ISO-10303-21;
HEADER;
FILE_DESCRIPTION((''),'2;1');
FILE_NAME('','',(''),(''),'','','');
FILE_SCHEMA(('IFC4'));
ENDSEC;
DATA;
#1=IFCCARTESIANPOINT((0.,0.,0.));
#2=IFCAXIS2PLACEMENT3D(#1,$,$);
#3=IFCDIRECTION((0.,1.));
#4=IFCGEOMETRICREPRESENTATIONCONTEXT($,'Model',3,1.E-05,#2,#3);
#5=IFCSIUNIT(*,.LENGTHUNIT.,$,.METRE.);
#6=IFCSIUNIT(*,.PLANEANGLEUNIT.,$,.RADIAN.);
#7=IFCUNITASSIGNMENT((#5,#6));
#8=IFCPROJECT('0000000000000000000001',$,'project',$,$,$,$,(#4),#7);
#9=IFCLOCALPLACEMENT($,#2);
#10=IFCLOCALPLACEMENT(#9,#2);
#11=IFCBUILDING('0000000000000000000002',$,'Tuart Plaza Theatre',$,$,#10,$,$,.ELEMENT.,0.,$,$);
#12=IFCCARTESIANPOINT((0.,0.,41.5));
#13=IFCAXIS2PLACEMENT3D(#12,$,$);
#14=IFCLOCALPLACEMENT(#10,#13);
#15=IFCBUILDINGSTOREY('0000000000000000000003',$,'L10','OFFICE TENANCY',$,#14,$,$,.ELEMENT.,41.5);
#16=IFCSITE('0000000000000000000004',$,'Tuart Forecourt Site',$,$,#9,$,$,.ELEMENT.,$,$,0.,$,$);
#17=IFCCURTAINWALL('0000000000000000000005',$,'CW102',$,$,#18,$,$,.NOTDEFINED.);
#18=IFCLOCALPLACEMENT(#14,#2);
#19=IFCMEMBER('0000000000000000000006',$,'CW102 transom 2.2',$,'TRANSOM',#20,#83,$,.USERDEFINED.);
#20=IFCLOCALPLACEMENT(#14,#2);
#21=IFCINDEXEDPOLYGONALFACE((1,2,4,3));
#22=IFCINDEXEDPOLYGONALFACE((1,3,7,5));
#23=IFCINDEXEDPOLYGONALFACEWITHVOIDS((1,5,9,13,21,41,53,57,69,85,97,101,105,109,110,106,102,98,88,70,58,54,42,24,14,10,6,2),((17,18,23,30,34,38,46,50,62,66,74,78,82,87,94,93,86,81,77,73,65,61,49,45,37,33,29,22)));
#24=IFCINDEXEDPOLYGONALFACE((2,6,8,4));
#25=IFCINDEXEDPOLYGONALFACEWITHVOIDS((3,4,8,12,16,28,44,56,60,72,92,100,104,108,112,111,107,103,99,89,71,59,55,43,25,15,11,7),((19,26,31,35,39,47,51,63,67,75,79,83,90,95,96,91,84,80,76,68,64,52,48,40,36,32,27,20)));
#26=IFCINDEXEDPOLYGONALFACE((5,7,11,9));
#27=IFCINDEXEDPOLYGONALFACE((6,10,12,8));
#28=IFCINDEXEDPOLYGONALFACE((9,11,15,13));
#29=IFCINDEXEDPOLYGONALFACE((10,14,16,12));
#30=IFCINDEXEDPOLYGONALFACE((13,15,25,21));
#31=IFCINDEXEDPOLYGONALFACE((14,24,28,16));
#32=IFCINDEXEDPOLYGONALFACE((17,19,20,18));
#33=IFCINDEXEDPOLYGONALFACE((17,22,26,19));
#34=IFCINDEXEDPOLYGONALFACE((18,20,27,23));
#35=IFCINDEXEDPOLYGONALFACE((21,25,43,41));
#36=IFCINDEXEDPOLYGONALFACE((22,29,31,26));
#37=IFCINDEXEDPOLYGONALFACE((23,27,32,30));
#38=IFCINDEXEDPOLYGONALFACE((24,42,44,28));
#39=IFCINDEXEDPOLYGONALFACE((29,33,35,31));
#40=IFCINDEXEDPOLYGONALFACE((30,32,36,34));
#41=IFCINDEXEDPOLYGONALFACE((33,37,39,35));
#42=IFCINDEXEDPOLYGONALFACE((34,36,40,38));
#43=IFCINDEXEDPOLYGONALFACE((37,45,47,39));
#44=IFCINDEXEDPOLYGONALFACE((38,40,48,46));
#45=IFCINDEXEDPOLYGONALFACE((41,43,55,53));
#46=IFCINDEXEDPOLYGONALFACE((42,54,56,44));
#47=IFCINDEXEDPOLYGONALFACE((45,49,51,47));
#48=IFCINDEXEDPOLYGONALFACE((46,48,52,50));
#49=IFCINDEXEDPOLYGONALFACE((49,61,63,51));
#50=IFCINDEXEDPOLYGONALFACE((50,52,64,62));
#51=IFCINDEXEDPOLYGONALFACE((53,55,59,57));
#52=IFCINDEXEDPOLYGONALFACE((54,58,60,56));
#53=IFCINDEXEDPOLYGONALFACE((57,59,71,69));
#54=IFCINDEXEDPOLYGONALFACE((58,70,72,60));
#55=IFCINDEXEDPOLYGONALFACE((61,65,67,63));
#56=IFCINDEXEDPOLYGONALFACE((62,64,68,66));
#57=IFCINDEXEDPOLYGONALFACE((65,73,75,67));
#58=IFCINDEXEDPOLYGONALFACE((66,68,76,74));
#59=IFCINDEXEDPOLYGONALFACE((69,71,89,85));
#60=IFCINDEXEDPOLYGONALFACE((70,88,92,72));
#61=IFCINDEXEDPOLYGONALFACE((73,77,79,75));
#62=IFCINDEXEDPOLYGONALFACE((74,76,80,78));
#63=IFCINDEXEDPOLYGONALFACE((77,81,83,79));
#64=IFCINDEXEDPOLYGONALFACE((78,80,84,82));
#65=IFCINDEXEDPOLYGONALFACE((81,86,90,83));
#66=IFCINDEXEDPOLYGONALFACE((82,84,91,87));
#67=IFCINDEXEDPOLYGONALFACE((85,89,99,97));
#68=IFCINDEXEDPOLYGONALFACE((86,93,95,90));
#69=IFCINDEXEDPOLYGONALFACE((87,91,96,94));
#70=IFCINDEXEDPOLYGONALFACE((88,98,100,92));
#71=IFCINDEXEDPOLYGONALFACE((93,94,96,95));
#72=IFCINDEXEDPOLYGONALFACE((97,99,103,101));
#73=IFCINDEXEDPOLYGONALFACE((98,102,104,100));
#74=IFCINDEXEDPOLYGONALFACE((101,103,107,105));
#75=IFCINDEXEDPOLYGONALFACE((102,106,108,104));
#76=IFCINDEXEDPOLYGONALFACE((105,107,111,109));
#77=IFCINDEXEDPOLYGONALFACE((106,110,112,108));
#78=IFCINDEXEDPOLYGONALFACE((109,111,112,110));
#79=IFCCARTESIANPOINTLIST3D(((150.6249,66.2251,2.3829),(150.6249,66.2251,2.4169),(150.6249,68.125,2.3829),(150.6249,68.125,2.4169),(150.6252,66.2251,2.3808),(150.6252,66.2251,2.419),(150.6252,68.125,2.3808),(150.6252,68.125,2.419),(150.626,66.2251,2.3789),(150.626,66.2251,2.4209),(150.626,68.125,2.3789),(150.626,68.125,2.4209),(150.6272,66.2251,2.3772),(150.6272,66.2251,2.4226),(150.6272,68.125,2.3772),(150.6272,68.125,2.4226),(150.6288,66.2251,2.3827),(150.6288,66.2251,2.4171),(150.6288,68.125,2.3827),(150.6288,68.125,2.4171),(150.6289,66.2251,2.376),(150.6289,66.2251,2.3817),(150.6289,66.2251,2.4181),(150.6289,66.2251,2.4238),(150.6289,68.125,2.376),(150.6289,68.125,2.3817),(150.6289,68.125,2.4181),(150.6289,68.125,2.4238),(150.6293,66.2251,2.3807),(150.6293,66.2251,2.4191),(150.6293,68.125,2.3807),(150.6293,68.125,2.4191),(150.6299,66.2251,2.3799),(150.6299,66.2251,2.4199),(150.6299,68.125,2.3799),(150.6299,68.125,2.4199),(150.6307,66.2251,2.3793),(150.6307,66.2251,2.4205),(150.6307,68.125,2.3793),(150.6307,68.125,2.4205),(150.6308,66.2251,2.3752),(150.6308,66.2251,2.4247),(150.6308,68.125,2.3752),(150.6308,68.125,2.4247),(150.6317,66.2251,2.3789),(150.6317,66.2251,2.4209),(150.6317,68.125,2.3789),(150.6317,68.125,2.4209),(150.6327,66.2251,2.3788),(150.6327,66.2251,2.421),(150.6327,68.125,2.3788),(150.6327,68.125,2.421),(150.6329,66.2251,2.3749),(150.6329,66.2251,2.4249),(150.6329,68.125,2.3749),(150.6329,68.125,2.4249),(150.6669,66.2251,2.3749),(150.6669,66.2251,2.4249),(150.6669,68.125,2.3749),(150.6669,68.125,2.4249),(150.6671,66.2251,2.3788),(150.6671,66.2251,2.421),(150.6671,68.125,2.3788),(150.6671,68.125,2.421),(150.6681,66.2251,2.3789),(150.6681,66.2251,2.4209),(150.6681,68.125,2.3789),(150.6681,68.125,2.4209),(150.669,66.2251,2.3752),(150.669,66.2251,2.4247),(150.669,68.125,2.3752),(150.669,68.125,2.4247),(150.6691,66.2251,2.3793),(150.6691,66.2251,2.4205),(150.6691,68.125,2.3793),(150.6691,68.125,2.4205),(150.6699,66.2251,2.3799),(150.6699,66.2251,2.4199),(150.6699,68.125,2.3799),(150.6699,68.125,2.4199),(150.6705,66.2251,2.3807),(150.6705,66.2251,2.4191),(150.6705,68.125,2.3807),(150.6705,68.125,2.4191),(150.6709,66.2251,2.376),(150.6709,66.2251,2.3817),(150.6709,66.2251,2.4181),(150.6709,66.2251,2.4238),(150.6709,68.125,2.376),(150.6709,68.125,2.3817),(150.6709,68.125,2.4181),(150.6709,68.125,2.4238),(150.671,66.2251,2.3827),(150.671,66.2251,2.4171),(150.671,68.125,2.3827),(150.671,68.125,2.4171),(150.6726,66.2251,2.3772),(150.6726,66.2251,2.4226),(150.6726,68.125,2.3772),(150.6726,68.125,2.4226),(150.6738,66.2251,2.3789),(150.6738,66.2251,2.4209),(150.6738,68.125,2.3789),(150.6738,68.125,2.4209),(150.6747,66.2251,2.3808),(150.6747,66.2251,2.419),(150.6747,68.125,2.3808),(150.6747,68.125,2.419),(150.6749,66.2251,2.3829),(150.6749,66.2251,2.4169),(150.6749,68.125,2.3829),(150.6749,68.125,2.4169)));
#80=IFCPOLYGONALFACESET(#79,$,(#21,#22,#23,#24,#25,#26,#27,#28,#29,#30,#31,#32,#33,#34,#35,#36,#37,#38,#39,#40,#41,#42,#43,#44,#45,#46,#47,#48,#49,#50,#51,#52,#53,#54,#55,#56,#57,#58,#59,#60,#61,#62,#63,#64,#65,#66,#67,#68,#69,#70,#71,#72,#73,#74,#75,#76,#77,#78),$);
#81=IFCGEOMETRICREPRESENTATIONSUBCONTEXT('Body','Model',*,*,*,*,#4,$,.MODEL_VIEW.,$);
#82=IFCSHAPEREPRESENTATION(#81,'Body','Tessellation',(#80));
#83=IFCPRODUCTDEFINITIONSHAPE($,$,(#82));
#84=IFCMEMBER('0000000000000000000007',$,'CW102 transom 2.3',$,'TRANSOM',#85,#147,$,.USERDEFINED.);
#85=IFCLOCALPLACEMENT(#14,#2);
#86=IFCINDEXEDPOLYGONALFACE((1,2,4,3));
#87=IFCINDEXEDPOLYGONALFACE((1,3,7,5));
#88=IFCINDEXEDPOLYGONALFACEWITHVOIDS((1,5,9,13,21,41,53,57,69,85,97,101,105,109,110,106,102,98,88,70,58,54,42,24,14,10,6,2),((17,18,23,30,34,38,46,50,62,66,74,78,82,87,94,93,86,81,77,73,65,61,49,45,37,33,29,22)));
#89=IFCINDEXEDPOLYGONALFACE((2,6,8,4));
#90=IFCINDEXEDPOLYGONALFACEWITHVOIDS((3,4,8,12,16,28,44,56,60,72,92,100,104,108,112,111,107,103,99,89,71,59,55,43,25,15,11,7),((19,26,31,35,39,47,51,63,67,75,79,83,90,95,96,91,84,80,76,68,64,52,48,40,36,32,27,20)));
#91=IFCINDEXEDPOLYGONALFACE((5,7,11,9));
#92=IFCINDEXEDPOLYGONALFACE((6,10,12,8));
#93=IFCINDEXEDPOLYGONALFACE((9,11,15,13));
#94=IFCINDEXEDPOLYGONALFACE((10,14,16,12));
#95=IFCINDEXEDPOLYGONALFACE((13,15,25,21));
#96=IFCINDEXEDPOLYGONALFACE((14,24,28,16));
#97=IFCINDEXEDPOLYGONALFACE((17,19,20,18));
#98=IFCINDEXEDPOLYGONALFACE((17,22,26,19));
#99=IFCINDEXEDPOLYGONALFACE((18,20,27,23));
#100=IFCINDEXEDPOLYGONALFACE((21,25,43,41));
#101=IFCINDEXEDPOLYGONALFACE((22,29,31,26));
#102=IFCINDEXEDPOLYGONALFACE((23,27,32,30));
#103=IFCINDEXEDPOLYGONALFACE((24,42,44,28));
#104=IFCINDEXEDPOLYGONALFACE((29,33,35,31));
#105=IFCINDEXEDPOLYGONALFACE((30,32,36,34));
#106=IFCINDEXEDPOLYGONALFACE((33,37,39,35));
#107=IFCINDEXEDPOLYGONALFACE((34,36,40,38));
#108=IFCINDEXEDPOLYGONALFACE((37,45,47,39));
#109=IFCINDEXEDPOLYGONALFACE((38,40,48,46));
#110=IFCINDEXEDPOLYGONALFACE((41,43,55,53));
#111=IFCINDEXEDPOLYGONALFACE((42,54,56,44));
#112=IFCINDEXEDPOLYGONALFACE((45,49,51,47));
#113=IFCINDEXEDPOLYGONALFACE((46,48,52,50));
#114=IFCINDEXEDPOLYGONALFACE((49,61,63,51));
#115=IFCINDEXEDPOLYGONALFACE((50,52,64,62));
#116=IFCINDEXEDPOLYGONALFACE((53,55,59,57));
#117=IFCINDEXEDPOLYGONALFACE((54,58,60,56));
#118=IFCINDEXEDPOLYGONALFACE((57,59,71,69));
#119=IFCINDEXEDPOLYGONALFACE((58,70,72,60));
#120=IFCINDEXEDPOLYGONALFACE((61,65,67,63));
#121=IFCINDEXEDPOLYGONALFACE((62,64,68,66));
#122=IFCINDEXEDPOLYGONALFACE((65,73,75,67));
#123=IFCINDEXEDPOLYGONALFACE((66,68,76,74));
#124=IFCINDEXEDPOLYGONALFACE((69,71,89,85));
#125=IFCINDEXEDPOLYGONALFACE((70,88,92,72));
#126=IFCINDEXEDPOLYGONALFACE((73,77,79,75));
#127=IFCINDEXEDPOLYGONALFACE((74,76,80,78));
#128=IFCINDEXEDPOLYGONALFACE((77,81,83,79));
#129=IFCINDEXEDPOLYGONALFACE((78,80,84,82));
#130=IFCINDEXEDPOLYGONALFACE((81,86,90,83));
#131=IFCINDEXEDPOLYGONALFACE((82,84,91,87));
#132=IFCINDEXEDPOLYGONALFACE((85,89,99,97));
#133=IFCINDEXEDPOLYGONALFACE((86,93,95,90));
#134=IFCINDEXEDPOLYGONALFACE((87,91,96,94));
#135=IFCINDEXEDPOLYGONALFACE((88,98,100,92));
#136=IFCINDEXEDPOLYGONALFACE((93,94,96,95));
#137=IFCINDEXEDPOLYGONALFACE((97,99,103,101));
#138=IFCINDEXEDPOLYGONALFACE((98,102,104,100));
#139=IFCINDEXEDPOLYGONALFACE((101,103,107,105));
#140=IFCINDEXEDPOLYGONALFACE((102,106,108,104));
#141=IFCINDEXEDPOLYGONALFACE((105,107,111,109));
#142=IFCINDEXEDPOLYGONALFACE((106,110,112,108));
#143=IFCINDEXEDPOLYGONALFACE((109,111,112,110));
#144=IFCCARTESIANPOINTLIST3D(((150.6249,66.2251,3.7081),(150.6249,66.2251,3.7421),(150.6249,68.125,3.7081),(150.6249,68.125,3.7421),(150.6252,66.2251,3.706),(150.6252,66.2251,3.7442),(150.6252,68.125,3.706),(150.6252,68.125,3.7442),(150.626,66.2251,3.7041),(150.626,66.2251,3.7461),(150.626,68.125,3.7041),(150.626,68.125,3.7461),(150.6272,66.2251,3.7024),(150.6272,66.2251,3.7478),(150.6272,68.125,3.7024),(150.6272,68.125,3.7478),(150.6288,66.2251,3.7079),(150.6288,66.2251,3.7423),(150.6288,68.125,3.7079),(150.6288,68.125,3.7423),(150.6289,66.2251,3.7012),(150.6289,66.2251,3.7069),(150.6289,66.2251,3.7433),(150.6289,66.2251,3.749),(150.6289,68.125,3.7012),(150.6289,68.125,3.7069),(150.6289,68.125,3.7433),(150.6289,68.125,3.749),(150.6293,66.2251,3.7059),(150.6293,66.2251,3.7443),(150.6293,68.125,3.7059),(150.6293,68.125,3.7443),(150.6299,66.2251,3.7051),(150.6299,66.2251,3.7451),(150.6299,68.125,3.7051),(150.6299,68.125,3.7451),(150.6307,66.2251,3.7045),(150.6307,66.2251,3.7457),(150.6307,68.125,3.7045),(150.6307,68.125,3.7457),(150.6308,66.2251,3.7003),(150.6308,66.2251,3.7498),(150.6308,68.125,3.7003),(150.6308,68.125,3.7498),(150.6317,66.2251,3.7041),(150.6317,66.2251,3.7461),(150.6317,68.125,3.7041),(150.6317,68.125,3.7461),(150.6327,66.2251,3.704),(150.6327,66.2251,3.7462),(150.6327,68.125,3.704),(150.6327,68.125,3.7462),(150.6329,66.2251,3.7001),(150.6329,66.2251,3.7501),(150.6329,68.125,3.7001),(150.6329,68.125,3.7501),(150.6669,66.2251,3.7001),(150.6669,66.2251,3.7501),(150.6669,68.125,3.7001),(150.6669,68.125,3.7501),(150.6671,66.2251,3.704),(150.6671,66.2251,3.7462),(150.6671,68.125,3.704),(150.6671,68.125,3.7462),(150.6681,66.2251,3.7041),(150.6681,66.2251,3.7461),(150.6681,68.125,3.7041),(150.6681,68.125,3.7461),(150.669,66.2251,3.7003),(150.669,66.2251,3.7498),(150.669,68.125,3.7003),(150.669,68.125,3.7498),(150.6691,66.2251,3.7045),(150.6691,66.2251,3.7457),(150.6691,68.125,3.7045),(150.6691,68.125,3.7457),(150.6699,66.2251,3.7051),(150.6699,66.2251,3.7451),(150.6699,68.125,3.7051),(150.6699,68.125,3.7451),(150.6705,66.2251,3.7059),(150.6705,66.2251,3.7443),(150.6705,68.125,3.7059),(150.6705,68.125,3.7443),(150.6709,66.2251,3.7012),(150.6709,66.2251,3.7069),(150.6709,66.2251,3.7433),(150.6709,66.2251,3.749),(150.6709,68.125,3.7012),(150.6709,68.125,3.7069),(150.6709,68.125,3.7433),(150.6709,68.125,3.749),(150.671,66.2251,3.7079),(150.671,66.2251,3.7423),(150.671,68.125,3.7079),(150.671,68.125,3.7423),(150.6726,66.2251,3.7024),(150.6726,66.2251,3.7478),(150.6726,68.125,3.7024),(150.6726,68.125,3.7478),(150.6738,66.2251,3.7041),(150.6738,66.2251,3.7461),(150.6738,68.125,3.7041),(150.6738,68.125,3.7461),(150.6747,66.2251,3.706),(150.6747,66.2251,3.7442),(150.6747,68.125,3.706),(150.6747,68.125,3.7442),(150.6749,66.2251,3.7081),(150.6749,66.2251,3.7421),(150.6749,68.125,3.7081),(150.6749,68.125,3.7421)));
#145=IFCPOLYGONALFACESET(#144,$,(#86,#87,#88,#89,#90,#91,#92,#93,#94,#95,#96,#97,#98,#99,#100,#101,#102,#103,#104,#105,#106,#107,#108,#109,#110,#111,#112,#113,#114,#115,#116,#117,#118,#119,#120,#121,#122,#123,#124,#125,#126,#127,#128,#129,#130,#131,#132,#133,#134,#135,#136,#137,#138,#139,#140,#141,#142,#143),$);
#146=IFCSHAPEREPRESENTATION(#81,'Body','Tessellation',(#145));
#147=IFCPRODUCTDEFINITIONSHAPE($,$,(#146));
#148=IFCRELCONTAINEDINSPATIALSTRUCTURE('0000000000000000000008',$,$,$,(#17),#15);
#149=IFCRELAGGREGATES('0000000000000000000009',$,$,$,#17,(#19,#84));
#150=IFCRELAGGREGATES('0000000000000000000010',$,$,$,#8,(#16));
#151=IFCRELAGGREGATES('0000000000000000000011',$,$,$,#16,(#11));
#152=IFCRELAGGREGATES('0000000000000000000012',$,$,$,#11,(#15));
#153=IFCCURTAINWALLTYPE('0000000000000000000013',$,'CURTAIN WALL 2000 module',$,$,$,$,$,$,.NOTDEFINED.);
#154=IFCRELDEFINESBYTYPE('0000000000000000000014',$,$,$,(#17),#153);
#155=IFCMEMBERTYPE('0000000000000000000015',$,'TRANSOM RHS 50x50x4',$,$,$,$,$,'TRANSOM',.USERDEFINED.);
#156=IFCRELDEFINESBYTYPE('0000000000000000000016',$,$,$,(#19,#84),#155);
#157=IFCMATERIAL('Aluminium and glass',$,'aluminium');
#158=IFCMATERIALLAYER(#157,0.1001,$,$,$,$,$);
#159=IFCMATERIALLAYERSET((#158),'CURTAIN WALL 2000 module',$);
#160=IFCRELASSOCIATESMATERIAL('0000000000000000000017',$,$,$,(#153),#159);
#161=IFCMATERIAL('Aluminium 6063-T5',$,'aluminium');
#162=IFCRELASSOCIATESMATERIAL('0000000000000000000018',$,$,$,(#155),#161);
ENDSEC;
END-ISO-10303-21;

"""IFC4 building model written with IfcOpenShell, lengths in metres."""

from ifc_helpers import new_model, si_unit, direction, frame, origin, origin_2d, place, context, subcontext, project, spatial, hollow_rectangle, extrude, material, layer, layer_set, material_profile, profile_set, type_object, element, aggregate, save


model = new_model("IFC4")

# Units and contexts
model_context = context("Model", 3, precision=1e-05, world=origin(), true_north=direction((0.0, 1.0)))
body_context = subcontext(model_context, "Body", "Model", "MODEL_VIEW")
ifc_project = project(units=[si_unit("LENGTHUNIT", "METRE"), si_unit("PLANEANGLEUNIT", "RADIAN")], contexts=[model_context])

# Site, building, storey
site_placement = place(None, origin())
site = spatial("IfcSite", under=ifc_project, at=site_placement, Name="Tuart Forecourt Site", CompositionType="ELEMENT", RefElevation=0.0)
building_placement = place(site_placement, origin())
building = spatial("IfcBuilding", under=site, at=building_placement, Name="Tuart Plaza Theatre", CompositionType="ELEMENT", ElevationOfRefHeight=0.0)
storey_placement = place(building_placement, frame((0.0, 0.0, 41.5)))
storey = spatial("IfcBuildingStorey", under=building, at=storey_placement, Name="L10", Description="OFFICE TENANCY", CompositionType="ELEMENT", Elevation=41.5)

# Curtain wall
ifc_material_1 = material(Name="Aluminium and glass", Category="aluminium")
ifc_layer_1 = layer(ifc_material_1, 0.1001)
ifc_layer_set_1 = layer_set([ifc_layer_1], Name="CURTAIN WALL 2000 module")
curtain_wall_type = type_object("IfcCurtainWallType", Name="CURTAIN WALL 2000 module", PredefinedType="NOTDEFINED", material=ifc_layer_set_1)
curtain_wall_1_placement = place(storey_placement, origin())
curtain_wall_1 = element("IfcCurtainWall", 1, at=curtain_wall_1_placement, inside=storey, type_object=curtain_wall_type, Name="CW102", PredefinedType="NOTDEFINED")

# Members
ifc_material_2 = material(Name="Aluminium 6063-T5", Category="aluminium")
ifc_material_profile_1 = material_profile(ifc_material_2, hollow_rectangle(XDim=0.05, YDim=0.05, WallThickness=0.0039, InnerFilletRadius=0.0039, OuterFilletRadius=0.0081, at=origin_2d()), Name="RHS 50x50x4")
ifc_profile_set_1 = profile_set([ifc_material_profile_1], Name="Aluminium 6063-T5")
member_type_1 = type_object("IfcMemberType", Name="TRANSOM RHS 50x50x4", ElementType="TRANSOM", PredefinedType="USERDEFINED", material=ifc_profile_set_1)
member_1_placement = place(storey_placement, frame((150.6499, 66.2251, 2.3999), z_axis=(0.0, 1.0, 0.0), x_axis=(-1.0, 0.0, 0.0)))
member_1 = element("IfcMember", 2, at=member_1_placement, type_object=member_type_1, Name="CW102 transom 2.2", ObjectType="TRANSOM", PredefinedType="USERDEFINED", context=body_context, shape_type="SweptSolid", body=[
    extrude(hollow_rectangle(XDim=0.05, YDim=0.05, WallThickness=0.0039, InnerFilletRadius=0.0039, OuterFilletRadius=0.0081, at=origin_2d()), origin(), (0.0, 0.0, 1.0), 1.8999),
])
member_2_placement = place(storey_placement, frame((150.6499, 66.2251, 3.7251), z_axis=(0.0, 1.0, 0.0), x_axis=(-1.0, 0.0, 0.0)))
member_2 = element("IfcMember", 3, at=member_2_placement, type_object=member_type_1, Name="CW102 transom 2.3", ObjectType="TRANSOM", PredefinedType="USERDEFINED", context=body_context, shape_type="SweptSolid", body=[
    extrude(hollow_rectangle(XDim=0.05, YDim=0.05, WallThickness=0.0039, InnerFilletRadius=0.0039, OuterFilletRadius=0.0081, at=origin_2d()), origin(), (0.0, 0.0, 1.0), 1.8999),
])

aggregate(curtain_wall_1, [member_1, member_2])

save(model, "model.ifc")
